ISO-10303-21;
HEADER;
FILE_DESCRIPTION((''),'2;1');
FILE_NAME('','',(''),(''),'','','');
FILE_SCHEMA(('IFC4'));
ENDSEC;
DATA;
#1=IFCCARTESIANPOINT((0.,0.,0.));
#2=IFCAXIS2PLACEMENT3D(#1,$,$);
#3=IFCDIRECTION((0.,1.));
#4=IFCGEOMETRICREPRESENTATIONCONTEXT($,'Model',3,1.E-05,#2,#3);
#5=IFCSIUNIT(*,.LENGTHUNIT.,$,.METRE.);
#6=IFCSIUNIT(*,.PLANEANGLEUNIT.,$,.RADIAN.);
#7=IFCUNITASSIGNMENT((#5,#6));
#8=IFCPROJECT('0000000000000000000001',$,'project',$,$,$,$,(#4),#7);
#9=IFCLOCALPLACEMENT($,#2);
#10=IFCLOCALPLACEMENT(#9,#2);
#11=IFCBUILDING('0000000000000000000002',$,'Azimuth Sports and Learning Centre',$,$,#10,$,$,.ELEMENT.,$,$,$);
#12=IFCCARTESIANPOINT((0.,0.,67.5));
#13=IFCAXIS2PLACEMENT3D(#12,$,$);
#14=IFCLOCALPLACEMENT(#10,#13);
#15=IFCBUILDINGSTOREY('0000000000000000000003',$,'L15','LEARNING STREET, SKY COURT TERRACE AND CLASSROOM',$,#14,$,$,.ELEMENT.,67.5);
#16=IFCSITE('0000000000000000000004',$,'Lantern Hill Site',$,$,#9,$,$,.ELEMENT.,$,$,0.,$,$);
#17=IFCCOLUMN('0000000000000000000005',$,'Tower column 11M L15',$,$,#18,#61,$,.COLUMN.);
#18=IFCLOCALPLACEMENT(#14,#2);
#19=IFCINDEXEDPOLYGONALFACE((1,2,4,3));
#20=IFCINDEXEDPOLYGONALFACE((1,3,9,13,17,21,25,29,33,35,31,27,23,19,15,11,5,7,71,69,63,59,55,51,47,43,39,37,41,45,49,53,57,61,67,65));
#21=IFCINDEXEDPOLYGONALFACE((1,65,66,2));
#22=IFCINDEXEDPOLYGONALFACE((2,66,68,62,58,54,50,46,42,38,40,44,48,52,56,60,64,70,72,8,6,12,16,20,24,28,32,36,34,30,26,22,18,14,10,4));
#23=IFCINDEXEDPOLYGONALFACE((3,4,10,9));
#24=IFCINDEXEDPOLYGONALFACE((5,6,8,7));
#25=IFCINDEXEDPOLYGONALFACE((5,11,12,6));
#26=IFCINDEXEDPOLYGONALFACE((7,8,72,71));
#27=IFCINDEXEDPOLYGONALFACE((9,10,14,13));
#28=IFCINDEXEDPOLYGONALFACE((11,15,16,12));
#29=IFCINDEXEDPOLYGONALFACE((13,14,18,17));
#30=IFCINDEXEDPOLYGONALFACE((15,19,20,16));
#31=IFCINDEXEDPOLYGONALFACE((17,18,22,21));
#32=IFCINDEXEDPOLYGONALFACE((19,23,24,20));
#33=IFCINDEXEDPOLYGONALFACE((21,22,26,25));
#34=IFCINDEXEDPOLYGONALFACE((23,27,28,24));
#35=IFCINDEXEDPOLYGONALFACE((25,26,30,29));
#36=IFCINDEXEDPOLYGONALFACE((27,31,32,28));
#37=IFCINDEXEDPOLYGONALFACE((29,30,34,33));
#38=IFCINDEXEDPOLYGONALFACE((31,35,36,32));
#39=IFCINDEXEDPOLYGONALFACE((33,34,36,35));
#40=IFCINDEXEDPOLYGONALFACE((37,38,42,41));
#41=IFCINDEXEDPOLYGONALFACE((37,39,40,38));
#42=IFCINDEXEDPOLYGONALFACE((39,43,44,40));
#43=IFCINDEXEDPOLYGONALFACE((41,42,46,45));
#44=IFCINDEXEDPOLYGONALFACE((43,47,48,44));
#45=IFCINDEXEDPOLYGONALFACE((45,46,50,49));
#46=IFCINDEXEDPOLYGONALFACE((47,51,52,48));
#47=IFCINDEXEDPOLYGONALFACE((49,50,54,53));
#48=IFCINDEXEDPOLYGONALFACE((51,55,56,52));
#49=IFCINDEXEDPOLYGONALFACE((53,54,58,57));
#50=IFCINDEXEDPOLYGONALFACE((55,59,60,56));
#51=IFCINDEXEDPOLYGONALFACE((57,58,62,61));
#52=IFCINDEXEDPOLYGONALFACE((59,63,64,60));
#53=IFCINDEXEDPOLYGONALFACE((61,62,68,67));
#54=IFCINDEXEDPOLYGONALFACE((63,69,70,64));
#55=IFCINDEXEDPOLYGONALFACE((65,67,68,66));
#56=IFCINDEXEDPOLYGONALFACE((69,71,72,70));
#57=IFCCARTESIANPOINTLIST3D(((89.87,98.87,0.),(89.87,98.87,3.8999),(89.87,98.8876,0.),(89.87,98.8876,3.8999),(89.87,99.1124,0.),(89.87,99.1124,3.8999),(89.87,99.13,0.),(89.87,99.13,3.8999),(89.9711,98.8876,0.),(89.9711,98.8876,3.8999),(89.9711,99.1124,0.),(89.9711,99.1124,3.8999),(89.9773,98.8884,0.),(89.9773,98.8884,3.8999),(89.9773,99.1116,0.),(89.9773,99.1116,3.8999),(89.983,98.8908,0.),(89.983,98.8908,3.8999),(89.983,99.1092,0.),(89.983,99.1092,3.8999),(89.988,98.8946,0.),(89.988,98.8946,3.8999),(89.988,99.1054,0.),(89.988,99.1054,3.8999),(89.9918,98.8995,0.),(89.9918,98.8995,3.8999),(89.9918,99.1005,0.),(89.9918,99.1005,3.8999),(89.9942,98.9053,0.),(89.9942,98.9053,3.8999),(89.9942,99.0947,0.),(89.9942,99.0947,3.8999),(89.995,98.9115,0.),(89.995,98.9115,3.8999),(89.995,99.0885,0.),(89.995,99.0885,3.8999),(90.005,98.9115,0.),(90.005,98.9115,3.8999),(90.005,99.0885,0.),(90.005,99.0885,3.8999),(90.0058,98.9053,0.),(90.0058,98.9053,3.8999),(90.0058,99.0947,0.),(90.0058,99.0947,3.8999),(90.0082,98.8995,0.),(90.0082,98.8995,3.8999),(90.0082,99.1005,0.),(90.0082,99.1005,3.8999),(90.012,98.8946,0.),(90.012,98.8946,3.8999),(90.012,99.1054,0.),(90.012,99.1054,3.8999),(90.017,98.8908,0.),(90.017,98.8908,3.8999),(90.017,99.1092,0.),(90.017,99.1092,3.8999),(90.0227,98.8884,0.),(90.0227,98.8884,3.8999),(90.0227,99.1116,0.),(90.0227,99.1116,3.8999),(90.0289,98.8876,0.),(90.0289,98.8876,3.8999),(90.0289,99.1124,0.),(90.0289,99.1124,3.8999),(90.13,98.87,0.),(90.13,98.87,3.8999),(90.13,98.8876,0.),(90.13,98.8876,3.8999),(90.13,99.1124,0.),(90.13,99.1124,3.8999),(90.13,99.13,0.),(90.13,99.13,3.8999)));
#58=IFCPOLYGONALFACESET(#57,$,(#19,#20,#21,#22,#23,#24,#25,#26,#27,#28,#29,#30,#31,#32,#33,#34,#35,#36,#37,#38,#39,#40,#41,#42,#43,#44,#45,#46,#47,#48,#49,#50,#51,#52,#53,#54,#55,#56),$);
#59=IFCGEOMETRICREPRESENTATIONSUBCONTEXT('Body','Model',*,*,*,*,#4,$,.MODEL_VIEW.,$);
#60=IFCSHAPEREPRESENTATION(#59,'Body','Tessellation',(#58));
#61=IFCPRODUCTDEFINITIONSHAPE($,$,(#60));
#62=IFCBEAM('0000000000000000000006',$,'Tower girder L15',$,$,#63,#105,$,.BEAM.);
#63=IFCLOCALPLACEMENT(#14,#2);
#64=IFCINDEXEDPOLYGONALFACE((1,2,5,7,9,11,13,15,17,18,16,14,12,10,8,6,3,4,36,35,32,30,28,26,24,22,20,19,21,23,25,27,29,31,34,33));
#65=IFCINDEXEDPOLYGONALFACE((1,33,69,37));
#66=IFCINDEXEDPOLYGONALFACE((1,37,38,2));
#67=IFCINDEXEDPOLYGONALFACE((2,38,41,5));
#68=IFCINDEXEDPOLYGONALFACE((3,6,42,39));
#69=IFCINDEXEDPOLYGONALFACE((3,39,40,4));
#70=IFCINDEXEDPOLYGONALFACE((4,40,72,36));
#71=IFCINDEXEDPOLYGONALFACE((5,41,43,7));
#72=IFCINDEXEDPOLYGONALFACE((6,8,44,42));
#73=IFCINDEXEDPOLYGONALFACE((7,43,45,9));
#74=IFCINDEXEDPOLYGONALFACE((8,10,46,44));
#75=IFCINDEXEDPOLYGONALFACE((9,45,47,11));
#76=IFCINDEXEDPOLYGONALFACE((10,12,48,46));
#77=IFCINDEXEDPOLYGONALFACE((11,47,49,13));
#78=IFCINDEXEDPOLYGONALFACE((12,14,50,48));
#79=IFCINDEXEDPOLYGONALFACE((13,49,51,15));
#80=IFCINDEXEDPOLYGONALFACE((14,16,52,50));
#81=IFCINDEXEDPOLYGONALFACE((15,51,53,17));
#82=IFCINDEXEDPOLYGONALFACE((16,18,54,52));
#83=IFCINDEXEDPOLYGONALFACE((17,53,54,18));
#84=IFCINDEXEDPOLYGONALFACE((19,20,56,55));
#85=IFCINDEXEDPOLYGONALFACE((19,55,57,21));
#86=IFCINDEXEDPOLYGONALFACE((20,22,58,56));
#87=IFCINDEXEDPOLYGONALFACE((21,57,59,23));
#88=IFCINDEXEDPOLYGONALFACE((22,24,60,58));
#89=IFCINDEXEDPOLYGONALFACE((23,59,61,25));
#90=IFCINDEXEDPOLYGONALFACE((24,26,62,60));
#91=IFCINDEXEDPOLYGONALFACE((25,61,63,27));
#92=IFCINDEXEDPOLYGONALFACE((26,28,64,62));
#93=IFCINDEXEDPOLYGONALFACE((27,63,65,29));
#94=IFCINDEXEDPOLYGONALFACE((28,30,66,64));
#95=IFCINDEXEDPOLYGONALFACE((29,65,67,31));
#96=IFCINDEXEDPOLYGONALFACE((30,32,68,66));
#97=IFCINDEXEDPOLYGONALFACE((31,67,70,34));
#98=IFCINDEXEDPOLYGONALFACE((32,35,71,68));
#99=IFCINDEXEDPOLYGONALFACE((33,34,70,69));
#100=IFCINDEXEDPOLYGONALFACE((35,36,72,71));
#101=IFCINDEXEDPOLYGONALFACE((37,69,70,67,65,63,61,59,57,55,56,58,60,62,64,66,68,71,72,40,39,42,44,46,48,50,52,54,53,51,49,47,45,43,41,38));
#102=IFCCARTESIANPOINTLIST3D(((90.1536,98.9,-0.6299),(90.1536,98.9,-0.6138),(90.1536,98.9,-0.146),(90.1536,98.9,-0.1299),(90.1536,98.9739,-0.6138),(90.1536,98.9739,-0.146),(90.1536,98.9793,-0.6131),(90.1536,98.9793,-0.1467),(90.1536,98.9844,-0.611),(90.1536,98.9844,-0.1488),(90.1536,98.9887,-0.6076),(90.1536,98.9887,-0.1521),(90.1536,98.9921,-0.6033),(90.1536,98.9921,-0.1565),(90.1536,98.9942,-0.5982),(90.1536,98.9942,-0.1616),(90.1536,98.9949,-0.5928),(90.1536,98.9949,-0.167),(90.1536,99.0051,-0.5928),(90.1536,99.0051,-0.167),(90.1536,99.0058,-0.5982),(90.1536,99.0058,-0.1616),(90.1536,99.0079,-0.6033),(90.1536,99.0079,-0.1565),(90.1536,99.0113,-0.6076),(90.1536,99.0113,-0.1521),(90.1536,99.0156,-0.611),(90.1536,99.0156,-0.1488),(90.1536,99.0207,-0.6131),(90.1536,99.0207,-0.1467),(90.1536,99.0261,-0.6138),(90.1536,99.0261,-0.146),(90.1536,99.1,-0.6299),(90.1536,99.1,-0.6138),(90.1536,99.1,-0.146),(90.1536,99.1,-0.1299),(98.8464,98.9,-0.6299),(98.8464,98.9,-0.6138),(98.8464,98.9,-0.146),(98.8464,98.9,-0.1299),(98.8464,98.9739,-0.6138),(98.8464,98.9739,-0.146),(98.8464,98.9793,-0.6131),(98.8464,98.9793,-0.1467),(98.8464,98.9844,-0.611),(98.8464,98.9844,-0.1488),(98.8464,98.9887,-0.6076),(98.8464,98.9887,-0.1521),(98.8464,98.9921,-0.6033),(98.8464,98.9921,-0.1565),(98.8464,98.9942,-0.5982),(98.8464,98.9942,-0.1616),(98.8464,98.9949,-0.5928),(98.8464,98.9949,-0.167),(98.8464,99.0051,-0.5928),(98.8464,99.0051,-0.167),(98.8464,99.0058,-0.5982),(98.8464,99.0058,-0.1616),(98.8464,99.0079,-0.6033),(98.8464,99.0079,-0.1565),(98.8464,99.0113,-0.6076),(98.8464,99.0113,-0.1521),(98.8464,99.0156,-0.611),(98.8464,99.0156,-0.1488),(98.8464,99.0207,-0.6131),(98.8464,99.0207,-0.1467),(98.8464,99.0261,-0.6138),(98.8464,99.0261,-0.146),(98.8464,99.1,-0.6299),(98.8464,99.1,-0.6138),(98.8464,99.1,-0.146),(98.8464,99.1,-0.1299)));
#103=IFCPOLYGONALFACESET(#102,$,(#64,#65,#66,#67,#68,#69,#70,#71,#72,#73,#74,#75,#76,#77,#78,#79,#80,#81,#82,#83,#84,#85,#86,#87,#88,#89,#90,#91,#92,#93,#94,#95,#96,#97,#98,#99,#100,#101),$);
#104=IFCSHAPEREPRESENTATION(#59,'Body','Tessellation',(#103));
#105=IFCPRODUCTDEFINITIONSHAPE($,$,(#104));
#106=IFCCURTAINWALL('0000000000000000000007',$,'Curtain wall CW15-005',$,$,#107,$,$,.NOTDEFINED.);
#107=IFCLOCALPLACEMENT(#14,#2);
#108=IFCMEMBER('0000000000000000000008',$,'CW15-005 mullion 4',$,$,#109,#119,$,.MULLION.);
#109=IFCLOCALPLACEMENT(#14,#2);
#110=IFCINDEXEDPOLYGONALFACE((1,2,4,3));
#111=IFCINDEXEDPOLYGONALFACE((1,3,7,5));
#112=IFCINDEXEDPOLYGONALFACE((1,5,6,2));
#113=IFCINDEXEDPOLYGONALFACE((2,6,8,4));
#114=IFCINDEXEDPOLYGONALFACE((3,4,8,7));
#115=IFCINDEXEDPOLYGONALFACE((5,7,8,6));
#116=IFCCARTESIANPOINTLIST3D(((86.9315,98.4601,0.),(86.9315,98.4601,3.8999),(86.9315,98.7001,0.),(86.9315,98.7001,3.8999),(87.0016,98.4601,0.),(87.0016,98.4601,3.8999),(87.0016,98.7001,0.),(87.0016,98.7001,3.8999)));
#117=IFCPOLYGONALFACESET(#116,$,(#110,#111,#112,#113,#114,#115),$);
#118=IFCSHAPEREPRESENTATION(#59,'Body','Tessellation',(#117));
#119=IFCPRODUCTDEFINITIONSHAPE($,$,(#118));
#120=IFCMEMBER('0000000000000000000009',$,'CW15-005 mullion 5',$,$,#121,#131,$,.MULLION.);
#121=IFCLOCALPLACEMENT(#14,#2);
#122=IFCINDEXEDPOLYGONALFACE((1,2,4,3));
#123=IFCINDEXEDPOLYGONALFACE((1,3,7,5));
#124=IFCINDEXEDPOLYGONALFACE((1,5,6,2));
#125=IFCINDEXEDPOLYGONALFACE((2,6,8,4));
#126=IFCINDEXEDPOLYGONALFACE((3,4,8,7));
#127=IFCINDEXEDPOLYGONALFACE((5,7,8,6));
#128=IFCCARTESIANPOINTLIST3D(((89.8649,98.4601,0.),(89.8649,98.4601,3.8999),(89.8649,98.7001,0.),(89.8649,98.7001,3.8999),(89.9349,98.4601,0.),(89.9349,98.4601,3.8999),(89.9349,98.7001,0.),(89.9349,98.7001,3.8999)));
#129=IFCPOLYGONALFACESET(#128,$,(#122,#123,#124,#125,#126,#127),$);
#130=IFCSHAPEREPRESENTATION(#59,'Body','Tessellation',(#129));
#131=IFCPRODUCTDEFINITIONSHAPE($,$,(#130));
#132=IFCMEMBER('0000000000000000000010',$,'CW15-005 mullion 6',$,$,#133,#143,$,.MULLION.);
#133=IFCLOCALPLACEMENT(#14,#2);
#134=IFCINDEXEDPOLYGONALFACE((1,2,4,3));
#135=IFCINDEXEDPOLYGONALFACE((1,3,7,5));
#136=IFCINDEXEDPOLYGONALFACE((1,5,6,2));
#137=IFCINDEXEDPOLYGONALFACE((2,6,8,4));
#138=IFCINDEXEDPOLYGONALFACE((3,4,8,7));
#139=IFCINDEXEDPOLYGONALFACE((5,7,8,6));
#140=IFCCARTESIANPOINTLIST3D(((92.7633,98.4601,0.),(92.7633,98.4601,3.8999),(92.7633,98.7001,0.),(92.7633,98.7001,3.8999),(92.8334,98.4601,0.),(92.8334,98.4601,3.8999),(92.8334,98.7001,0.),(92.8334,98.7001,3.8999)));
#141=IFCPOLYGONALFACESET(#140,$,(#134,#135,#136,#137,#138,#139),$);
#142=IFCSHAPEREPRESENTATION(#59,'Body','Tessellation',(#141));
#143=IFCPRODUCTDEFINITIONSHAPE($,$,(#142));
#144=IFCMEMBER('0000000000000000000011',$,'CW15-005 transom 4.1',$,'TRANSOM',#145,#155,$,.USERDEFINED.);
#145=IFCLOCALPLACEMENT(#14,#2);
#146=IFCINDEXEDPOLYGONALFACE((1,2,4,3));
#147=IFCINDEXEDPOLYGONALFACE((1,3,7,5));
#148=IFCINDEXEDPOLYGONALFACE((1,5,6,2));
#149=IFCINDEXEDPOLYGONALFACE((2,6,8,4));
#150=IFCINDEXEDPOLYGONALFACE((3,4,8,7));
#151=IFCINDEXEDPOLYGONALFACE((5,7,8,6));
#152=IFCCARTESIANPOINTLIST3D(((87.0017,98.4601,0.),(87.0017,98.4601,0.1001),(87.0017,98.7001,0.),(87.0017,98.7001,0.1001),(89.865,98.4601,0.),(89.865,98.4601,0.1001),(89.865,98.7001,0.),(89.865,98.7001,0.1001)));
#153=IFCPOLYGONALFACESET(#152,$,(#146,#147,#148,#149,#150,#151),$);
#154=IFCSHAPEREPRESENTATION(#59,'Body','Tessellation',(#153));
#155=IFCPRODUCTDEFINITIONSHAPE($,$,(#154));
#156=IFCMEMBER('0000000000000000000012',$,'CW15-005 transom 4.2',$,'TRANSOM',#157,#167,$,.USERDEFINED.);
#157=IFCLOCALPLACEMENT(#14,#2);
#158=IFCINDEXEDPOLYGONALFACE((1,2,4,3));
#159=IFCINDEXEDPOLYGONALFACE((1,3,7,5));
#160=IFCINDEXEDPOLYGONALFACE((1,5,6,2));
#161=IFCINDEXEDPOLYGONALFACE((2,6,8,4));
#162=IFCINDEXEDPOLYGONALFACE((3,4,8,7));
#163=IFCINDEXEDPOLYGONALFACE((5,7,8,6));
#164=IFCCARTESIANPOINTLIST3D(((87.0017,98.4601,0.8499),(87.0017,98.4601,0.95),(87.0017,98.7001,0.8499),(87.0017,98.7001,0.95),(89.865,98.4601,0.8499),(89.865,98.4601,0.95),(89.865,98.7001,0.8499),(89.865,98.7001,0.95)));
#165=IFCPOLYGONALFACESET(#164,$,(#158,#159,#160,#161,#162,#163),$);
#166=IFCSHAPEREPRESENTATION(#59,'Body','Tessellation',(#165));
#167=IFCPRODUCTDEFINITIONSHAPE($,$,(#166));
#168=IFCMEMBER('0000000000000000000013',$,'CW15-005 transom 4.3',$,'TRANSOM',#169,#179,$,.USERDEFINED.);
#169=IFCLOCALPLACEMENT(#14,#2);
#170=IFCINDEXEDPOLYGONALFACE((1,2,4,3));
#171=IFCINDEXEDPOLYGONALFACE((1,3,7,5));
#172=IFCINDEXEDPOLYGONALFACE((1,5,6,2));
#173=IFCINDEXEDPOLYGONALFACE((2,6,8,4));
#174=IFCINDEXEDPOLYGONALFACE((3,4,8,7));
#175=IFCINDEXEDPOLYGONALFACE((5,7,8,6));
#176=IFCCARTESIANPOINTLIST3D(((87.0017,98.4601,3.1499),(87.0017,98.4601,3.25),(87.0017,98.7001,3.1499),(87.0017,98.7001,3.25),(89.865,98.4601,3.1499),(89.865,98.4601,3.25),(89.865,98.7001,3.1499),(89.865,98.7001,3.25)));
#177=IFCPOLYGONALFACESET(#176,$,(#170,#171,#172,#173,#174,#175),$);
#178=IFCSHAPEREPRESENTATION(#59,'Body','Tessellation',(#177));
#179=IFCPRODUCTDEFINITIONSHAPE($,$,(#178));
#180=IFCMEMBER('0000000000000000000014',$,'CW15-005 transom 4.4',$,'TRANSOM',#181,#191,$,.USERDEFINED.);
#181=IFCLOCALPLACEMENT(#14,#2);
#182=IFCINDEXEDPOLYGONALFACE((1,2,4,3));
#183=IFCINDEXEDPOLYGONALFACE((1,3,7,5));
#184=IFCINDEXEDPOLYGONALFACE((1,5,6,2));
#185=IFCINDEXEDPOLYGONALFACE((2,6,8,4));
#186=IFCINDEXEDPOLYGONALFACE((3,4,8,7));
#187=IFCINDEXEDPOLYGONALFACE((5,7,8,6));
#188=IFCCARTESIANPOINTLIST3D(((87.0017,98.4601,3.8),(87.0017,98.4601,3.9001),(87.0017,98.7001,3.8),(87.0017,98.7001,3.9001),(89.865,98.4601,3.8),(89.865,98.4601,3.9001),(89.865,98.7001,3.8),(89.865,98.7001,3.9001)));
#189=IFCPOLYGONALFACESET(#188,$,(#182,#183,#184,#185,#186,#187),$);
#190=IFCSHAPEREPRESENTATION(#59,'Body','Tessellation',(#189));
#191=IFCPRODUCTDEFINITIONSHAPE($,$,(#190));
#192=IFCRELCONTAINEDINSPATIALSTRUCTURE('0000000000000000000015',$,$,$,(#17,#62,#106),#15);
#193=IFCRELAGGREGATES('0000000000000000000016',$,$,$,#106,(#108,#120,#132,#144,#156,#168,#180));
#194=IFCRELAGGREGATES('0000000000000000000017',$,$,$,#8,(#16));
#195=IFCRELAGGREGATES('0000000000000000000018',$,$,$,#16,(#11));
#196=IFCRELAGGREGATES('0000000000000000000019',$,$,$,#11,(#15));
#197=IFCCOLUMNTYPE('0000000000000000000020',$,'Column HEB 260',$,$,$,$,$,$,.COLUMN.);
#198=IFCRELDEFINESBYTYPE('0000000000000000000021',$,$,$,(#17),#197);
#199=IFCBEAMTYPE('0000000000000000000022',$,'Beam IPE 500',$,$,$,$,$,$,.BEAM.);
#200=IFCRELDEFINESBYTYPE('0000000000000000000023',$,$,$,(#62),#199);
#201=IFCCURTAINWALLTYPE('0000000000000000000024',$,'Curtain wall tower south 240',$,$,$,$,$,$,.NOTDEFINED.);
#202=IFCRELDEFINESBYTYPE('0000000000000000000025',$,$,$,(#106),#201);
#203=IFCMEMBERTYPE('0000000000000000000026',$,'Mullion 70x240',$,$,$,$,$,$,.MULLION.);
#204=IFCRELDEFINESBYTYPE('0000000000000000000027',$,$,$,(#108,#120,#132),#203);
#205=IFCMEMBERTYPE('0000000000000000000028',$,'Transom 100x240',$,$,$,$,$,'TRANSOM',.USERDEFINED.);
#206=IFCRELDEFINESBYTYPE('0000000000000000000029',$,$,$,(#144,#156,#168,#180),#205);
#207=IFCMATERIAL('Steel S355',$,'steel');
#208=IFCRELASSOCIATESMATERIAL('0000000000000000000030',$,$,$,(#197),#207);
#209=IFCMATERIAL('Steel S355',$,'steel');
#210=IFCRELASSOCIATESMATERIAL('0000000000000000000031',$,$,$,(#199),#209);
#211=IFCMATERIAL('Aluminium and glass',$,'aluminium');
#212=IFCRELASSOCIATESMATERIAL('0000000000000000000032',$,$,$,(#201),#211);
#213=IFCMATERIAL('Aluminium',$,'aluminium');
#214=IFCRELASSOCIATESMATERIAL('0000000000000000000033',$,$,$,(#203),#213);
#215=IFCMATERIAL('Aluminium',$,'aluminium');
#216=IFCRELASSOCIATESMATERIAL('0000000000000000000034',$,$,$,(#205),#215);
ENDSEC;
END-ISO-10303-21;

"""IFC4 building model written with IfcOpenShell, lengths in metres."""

from ifc_helpers import new_model, si_unit, direction, frame, origin, origin_2d, place, context, subcontext, project, spatial, rectangle, i_section, extrude, material, material_profile, profile_set, type_object, element, aggregate, save


model = new_model("IFC4")

# Units and contexts
model_context = context("Model", 3, precision=1e-05, world=origin(), true_north=direction((0.0, 1.0)))
body_context = subcontext(model_context, "Body", "Model", "MODEL_VIEW")
ifc_project = project(units=[si_unit("LENGTHUNIT", "METRE"), si_unit("PLANEANGLEUNIT", "RADIAN")], contexts=[model_context])

# Site, building, storey
site_placement = place(None, origin())
site = spatial("IfcSite", under=ifc_project, at=site_placement, Name="Lantern Hill Site", CompositionType="ELEMENT", RefElevation=0.0)
building_placement = place(site_placement, origin())
building = spatial("IfcBuilding", under=site, at=building_placement, Name="Azimuth Sports and Learning Centre", CompositionType="ELEMENT")
storey_placement = place(building_placement, frame((0.0, 0.0, 67.5)))
storey = spatial("IfcBuildingStorey", under=building, at=storey_placement, Name="L15", Description="LEARNING STREET, SKY COURT TERRACE AND CLASSROOM", CompositionType="ELEMENT", Elevation=67.5)

# Column
ifc_material_1 = material(Name="Steel S355", Category="steel")
ifc_material_profile_1 = material_profile(ifc_material_1, i_section(OverallWidth=0.26, OverallDepth=0.26, WebThickness=0.01, FlangeThickness=0.0176, FilletRadius=0.0239, at=origin_2d()), Name="HEB 260")
ifc_profile_set_1 = profile_set([ifc_material_profile_1], Name="Steel S355")
column_type = type_object("IfcColumnType", Name="Column HEB 260", PredefinedType="COLUMN", material=ifc_profile_set_1)
column_placement = place(storey_placement, frame((90.0, 99.0, 0.0), z_axis=(0.0, 0.0, 1.0), x_axis=(1.0, 0.0, 0.0)))
element("IfcColumn", 1, at=column_placement, inside=storey, type_object=column_type, Name="Tower column 11M L15", PredefinedType="COLUMN", context=body_context, shape_type="SweptSolid", body=[
    extrude(i_section(OverallWidth=0.26, OverallDepth=0.26, WebThickness=0.01, FlangeThickness=0.0176, FilletRadius=0.0239, at=origin_2d()), origin(), (0.0, 0.0, 1.0), 3.8999),
])

# Beam
ifc_material_2 = material(Name="Steel S355", Category="steel")
ifc_material_profile_2 = material_profile(ifc_material_2, i_section(OverallWidth=0.2, OverallDepth=0.5, WebThickness=0.0103, FlangeThickness=0.0161, FilletRadius=0.021, at=origin_2d()), Name="IPE 500")
ifc_profile_set_2 = profile_set([ifc_material_profile_2], Name="Steel S355")
beam_type = type_object("IfcBeamType", Name="Beam IPE 500", PredefinedType="BEAM", material=ifc_profile_set_2)
beam_placement = place(storey_placement, frame((90.1536, 99.0, -0.3799), z_axis=(1.0, 0.0, 0.0), x_axis=(0.0, 1.0, 0.0)))
element("IfcBeam", 2, at=beam_placement, inside=storey, type_object=beam_type, Name="Tower girder L15", PredefinedType="BEAM", context=body_context, shape_type="SweptSolid", body=[
    extrude(i_section(OverallWidth=0.2, OverallDepth=0.5, WebThickness=0.0103, FlangeThickness=0.0161, FilletRadius=0.021, at=origin_2d()), origin(), (0.0, 0.0, 1.0), 8.6929),
])

# Curtain wall, members
ifc_material_3 = material(Name="Aluminium and glass", Category="aluminium")
curtain_wall_type = type_object("IfcCurtainWallType", Name="Curtain wall tower south 240", PredefinedType="NOTDEFINED", material=ifc_material_3)
curtain_wall_placement = place(storey_placement, origin())
curtain_wall = element("IfcCurtainWall", 3, at=curtain_wall_placement, inside=storey, type_object=curtain_wall_type, Name="Curtain wall CW15-005", PredefinedType="NOTDEFINED")
ifc_material_4 = material(Name="Aluminium", Category="aluminium")
ifc_material_profile_3 = material_profile(ifc_material_4, rectangle(XDim=0.24, YDim=0.0701, at=origin_2d()), Name="Mullion 70x240")
ifc_profile_set_3 = profile_set([ifc_material_profile_3], Name="Aluminium")
member_type_1 = type_object("IfcMemberType", Name="Mullion 70x240", PredefinedType="MULLION", material=ifc_profile_set_3)
member_1_placement = place(storey_placement, frame((86.9666, 98.5801, 0.0), z_axis=(0.0, 0.0, 1.0), x_axis=(0.0, 1.0, 0.0)))
member_1 = element("IfcMember", 4, at=member_1_placement, type_object=member_type_1, Name="CW15-005 mullion 4", PredefinedType="MULLION", context=body_context, shape_type="SweptSolid", body=[
    extrude(rectangle(XDim=0.24, YDim=0.0701, at=origin_2d()), origin(), (0.0, 0.0, 1.0), 3.8999),
])
member_2_placement = place(storey_placement, frame((89.8999, 98.5801, 0.0), z_axis=(0.0, 0.0, 1.0), x_axis=(0.0, 1.0, 0.0)))
member_2 = element("IfcMember", 5, at=member_2_placement, type_object=member_type_1, Name="CW15-005 mullion 5", PredefinedType="MULLION", context=body_context, shape_type="SweptSolid", body=[
    extrude(rectangle(XDim=0.24, YDim=0.0701, at=origin_2d()), origin(), (0.0, 0.0, 1.0), 3.8999),
])
member_3_placement = place(storey_placement, frame((92.7983, 98.5801, 0.0), z_axis=(0.0, 0.0, 1.0), x_axis=(0.0, 1.0, 0.0)))
member_3 = element("IfcMember", 6, at=member_3_placement, type_object=member_type_1, Name="CW15-005 mullion 6", PredefinedType="MULLION", context=body_context, shape_type="SweptSolid", body=[
    extrude(rectangle(XDim=0.24, YDim=0.0701, at=origin_2d()), origin(), (0.0, 0.0, 1.0), 3.8999),
])
ifc_material_5 = material(Name="Aluminium", Category="aluminium")
ifc_material_profile_4 = material_profile(ifc_material_5, rectangle(XDim=0.24, YDim=0.1001, at=origin_2d()), Name="Transom 100x240")
ifc_profile_set_4 = profile_set([ifc_material_profile_4], Name="Aluminium")
member_type_2 = type_object("IfcMemberType", Name="Transom 100x240", ElementType="TRANSOM", PredefinedType="USERDEFINED", material=ifc_profile_set_4)
member_4_placement = place(storey_placement, frame((87.0017, 98.5801, 0.05), z_axis=(1.0, 0.0, 0.0), x_axis=(0.0, 1.0, 0.0)))
member_4 = element("IfcMember", 7, at=member_4_placement, type_object=member_type_2, Name="CW15-005 transom 4.1", ObjectType="TRANSOM", PredefinedType="USERDEFINED", context=body_context, shape_type="SweptSolid", body=[
    extrude(rectangle(XDim=0.24, YDim=0.1001, at=origin_2d()), origin(), (0.0, 0.0, 1.0), 2.8633),
])
member_5_placement = place(storey_placement, frame((87.0017, 98.5801, 0.8999), z_axis=(1.0, 0.0, 0.0), x_axis=(0.0, 1.0, 0.0)))
member_5 = element("IfcMember", 8, at=member_5_placement, type_object=member_type_2, Name="CW15-005 transom 4.2", ObjectType="TRANSOM", PredefinedType="USERDEFINED", context=body_context, shape_type="SweptSolid", body=[
    extrude(rectangle(XDim=0.24, YDim=0.1001, at=origin_2d()), origin(), (0.0, 0.0, 1.0), 2.8633),
])
member_6_placement = place(storey_placement, frame((87.0017, 98.5801, 3.2), z_axis=(1.0, 0.0, 0.0), x_axis=(0.0, 1.0, 0.0)))
member_6 = element("IfcMember", 9, at=member_6_placement, type_object=member_type_2, Name="CW15-005 transom 4.3", ObjectType="TRANSOM", PredefinedType="USERDEFINED", context=body_context, shape_type="SweptSolid", body=[
    extrude(rectangle(XDim=0.24, YDim=0.1001, at=origin_2d()), origin(), (0.0, 0.0, 1.0), 2.8633),
])
member_7_placement = place(storey_placement, frame((87.0017, 98.5801, 3.8501), z_axis=(1.0, 0.0, 0.0), x_axis=(0.0, 1.0, 0.0)))
member_7 = element("IfcMember", 10, at=member_7_placement, type_object=member_type_2, Name="CW15-005 transom 4.4", ObjectType="TRANSOM", PredefinedType="USERDEFINED", context=body_context, shape_type="SweptSolid", body=[
    extrude(rectangle(XDim=0.24, YDim=0.1001, at=origin_2d()), origin(), (0.0, 0.0, 1.0), 2.8633),
])
aggregate(curtain_wall, [member_1, member_2, member_3, member_4, member_5, member_6, member_7])

save(model, "model.ifc")
